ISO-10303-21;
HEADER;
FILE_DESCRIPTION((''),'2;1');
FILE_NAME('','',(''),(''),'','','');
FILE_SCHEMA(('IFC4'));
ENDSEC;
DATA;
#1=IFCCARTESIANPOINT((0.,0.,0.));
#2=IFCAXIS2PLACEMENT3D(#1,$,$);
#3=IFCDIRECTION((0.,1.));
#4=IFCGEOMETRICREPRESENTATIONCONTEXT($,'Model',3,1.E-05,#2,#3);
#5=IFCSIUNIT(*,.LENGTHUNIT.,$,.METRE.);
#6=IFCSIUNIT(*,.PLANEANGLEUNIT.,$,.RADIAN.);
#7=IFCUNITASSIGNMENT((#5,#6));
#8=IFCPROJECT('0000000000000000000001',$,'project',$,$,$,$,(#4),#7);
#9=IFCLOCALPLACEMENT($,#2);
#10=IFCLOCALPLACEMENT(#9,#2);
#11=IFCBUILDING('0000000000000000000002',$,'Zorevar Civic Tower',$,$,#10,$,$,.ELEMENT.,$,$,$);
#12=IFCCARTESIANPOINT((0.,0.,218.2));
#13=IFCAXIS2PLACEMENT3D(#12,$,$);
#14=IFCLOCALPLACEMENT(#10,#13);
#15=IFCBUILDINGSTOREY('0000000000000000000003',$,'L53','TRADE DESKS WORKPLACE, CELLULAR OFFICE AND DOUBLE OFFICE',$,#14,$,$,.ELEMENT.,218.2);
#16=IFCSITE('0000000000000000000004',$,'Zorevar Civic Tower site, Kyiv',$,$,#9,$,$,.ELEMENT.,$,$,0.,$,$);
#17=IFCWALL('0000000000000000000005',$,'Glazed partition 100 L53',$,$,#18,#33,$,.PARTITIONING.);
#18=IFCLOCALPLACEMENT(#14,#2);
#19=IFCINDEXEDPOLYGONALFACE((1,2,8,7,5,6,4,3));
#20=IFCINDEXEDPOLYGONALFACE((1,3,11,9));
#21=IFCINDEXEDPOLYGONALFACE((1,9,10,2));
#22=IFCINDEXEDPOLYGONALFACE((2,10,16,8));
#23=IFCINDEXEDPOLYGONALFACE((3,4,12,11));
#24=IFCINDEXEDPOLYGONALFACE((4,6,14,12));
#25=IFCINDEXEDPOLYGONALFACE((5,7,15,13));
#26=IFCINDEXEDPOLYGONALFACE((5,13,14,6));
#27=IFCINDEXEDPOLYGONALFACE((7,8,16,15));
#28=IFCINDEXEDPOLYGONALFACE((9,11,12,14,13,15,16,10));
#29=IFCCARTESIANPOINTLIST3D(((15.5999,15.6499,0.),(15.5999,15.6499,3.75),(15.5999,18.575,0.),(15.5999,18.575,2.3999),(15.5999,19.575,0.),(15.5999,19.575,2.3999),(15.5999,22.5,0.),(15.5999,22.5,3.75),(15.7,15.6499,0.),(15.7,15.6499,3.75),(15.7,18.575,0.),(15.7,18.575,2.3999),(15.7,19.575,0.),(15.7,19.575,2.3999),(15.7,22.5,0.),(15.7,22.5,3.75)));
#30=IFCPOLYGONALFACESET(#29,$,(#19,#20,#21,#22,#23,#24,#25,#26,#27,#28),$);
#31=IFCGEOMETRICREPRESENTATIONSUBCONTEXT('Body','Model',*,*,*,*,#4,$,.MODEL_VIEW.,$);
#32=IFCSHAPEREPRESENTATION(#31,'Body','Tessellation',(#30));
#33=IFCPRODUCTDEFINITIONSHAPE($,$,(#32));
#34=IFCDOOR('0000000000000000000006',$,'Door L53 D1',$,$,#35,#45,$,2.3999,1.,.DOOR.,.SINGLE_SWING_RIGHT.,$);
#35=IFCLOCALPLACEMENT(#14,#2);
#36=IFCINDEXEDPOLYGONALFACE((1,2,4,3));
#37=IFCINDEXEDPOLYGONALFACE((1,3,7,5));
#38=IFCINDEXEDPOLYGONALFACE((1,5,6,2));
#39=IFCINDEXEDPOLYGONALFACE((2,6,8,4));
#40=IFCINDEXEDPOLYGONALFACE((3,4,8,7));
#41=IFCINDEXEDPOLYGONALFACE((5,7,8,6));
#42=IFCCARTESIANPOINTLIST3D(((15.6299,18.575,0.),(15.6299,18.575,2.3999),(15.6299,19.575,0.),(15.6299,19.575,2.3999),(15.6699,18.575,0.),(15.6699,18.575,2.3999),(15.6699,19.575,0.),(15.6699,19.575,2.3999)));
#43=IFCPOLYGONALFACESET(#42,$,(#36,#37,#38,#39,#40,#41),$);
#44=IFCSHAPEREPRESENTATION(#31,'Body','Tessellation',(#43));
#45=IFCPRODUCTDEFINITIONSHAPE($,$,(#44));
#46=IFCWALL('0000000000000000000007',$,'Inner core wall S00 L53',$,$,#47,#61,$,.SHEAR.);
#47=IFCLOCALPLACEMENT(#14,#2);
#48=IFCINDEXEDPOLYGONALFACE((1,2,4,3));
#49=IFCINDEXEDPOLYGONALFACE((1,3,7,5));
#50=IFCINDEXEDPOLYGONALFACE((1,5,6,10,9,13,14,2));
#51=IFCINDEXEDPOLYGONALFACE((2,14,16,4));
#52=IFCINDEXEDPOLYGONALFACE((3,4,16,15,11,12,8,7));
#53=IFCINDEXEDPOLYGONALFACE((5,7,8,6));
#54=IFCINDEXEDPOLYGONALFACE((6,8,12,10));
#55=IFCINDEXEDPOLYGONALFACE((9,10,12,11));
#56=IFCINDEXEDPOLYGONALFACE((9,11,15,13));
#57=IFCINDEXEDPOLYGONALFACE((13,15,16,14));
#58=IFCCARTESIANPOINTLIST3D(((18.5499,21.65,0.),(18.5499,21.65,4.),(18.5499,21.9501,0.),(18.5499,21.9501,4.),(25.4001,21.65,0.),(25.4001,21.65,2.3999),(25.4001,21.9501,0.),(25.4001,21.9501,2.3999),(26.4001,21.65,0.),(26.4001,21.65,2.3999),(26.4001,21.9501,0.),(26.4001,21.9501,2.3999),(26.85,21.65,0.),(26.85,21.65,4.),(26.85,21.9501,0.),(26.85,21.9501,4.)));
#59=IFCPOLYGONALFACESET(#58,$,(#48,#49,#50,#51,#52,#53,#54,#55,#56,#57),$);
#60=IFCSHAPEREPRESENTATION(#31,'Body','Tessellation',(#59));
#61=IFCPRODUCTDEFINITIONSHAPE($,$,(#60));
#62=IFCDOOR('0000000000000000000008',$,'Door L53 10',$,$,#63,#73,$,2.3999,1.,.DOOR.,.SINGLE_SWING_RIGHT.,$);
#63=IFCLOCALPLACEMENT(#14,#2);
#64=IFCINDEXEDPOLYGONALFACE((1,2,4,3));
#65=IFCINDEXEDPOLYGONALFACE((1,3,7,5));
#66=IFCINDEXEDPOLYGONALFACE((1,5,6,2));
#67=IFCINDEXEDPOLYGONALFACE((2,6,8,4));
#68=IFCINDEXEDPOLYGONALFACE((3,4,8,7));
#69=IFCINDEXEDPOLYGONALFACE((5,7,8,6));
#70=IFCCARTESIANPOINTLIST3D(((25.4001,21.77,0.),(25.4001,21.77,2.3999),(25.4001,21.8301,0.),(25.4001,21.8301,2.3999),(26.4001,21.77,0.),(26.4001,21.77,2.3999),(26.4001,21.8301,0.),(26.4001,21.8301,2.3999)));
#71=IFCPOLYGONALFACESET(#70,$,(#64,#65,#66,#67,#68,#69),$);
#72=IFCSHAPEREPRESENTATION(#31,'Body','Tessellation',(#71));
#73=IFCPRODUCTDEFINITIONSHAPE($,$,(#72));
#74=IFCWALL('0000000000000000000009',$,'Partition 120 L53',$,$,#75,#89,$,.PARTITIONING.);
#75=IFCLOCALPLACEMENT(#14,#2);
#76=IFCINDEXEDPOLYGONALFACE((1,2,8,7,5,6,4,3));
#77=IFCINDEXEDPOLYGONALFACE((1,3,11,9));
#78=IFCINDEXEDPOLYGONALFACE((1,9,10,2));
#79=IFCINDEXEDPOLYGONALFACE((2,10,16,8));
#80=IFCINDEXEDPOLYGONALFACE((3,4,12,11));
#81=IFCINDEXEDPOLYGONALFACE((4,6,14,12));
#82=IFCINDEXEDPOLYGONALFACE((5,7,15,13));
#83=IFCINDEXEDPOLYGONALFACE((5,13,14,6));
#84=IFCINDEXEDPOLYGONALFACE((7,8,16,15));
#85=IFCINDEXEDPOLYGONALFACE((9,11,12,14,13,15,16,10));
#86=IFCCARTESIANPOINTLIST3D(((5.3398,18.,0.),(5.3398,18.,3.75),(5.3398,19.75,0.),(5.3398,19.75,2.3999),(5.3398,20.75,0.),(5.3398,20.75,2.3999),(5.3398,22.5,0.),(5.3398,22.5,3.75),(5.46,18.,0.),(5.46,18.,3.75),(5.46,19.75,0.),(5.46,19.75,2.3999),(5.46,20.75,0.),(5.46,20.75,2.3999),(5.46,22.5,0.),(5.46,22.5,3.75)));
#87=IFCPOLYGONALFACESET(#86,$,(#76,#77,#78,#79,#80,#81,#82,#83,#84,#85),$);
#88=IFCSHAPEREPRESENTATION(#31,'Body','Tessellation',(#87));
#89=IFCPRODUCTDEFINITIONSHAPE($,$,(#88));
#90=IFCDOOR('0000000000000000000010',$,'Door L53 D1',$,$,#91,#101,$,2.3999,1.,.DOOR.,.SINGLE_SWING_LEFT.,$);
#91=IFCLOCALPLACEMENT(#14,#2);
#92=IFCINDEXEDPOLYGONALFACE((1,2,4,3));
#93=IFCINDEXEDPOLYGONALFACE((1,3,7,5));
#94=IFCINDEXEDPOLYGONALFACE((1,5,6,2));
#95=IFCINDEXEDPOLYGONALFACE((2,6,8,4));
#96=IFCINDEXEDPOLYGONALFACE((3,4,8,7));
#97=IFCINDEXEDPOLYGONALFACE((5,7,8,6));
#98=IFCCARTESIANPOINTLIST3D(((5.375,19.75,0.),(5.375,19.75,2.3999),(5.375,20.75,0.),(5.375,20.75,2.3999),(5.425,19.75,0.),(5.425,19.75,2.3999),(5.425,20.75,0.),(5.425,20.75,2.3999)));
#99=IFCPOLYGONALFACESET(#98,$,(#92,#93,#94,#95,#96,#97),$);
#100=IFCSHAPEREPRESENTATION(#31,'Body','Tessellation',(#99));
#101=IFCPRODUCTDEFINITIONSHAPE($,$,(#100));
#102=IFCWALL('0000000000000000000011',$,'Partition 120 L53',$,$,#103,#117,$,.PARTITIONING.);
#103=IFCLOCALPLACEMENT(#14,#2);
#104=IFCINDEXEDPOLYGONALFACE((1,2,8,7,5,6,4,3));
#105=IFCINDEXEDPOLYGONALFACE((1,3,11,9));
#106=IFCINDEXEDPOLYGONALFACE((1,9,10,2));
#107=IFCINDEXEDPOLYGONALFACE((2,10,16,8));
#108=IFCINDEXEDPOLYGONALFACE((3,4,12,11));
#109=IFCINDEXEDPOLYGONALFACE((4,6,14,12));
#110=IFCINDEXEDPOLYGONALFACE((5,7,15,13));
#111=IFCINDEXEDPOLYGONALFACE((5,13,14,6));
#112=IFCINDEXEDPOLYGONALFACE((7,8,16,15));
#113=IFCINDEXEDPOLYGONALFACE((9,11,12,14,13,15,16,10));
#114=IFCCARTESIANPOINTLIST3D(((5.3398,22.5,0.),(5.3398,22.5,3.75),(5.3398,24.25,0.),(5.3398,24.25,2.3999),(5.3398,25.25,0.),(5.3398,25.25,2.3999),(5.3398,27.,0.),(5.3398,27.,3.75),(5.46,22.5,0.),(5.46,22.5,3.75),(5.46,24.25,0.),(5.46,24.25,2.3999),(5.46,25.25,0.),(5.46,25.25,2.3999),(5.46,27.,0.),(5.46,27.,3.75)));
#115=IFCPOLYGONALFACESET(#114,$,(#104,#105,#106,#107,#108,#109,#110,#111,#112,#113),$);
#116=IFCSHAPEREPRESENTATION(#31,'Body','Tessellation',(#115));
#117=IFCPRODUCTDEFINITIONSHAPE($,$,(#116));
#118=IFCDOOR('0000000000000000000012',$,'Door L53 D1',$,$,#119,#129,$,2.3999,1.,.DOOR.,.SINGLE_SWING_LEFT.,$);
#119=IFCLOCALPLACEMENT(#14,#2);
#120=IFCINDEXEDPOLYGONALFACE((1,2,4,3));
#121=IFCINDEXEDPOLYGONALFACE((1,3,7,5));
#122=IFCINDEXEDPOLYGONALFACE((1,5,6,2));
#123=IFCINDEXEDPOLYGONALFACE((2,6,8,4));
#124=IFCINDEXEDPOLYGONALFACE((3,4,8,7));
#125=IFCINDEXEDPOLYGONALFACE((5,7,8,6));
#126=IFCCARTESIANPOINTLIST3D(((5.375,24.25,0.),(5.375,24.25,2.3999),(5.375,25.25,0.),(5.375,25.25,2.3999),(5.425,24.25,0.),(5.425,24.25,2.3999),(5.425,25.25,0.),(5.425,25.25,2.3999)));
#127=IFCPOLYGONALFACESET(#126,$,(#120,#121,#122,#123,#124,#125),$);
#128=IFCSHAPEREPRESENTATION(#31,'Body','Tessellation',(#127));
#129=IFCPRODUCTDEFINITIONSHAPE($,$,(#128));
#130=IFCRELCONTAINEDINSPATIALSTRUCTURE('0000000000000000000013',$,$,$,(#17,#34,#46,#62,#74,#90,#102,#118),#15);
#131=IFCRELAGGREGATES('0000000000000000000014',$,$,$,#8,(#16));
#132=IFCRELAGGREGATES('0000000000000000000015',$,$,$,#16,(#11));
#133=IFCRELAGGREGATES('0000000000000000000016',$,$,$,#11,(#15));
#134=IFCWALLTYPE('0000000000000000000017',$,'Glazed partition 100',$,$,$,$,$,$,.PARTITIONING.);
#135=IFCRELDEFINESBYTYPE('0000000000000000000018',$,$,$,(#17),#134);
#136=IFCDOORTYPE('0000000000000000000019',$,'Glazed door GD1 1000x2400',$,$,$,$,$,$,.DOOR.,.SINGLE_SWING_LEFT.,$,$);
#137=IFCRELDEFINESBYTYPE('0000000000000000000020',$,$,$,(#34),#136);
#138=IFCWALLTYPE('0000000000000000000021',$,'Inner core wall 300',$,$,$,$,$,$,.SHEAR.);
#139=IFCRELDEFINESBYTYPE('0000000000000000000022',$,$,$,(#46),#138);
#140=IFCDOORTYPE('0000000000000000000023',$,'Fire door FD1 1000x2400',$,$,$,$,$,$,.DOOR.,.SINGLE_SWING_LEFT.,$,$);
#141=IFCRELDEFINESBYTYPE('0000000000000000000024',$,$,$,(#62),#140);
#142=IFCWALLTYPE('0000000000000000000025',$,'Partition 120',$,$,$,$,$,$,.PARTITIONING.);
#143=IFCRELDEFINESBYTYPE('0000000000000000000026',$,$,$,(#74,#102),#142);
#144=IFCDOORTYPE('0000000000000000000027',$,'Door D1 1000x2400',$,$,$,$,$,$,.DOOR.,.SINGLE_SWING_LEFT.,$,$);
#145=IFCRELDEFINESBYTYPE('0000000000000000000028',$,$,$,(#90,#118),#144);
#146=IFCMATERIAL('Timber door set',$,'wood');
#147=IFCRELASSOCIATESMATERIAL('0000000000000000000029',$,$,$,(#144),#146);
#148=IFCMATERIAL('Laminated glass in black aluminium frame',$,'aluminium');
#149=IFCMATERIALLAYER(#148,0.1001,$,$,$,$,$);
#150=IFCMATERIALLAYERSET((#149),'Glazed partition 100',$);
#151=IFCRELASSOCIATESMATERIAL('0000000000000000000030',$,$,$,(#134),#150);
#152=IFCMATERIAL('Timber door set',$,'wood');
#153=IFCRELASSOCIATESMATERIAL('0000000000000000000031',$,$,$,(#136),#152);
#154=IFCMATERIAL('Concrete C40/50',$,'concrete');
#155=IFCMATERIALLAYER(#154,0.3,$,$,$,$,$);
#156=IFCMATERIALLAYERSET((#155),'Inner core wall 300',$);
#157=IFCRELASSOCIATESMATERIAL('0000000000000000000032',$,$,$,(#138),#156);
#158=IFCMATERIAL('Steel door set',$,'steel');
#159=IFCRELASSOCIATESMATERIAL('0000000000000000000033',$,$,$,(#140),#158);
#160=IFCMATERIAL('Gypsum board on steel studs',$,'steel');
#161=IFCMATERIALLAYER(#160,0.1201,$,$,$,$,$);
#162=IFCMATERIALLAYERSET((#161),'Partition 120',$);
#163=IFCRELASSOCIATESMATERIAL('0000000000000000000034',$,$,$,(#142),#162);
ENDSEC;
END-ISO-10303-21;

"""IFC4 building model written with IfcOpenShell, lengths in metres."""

from ifc_helpers import new_model, si_unit, direction, frame, frame_2d, origin, place, context, subcontext, project, spatial, rectangle, extrude, material, layer, layer_set, type_object, element, fill, save


model = new_model("IFC4")

# Units and contexts
model_context = context("Model", 3, precision=1e-05, world=origin(), true_north=direction((0.0, 1.0)))
body_context = subcontext(model_context, "Body", "Model", "MODEL_VIEW")
ifc_project = project(units=[si_unit("LENGTHUNIT", "METRE"), si_unit("PLANEANGLEUNIT", "RADIAN")], contexts=[model_context])

# Site, building, storey
site_placement = place(None, origin())
site = spatial("IfcSite", under=ifc_project, at=site_placement, Name="Zorevar Civic Tower site, Kyiv", CompositionType="ELEMENT", RefElevation=0.0)
building_placement = place(site_placement, origin())
building = spatial("IfcBuilding", under=site, at=building_placement, Name="Zorevar Civic Tower", CompositionType="ELEMENT")
storey_placement = place(building_placement, frame((0.0, 0.0, 218.2)))
storey = spatial("IfcBuildingStorey", under=building, at=storey_placement, Name="L53", Description="TRADE DESKS WORKPLACE, CELLULAR OFFICE AND DOUBLE OFFICE", CompositionType="ELEMENT", Elevation=218.2)

# Shared definitions
ifc_material_1 = material(Name="Timber door set", Category="wood")
door_type_1 = type_object("IfcDoorType", Name="Door D1 1000x2400", OperationType="SINGLE_SWING_LEFT", PredefinedType="DOOR", material=ifc_material_1)

# Shared definitions
ifc_material_2 = material(Name="Laminated glass in black aluminium frame", Category="aluminium")
ifc_layer_1 = layer(ifc_material_2, 0.1001)
ifc_layer_set_1 = layer_set([ifc_layer_1], Name="Glazed partition 100")
wall_type_1 = type_object("IfcWallType", Name="Glazed partition 100", PredefinedType="PARTITIONING", material=ifc_layer_set_1)
ifc_material_3 = material(Name="Timber door set", Category="wood")
door_type_2 = type_object("IfcDoorType", Name="Glazed door GD1 1000x2400", OperationType="SINGLE_SWING_LEFT", PredefinedType="DOOR", material=ifc_material_3)

# Walls, openings, doors
wall_1_placement = place(storey_placement, frame((15.6499, 15.6499, 0.0), z_axis=(0.0, 0.0, 1.0), x_axis=(0.0, 1.0, 0.0)))
wall_1 = element("IfcWall", 1, at=wall_1_placement, inside=storey, type_object=wall_type_1, Name="Glazed partition 100 L53", PredefinedType="PARTITIONING", context=body_context, shape_type="SweptSolid", body=[
    extrude(rectangle(XDim=6.8501, YDim=0.1001, at=frame_2d((3.425, 0.0))), origin(), (0.0, 0.0, 1.0), 3.75),
])
opening_1_placement = place(wall_1_placement, frame((2.925, 0.0, 0.0)))
opening_1 = element("IfcOpeningElement", 2, at=opening_1_placement, cuts=wall_1, PredefinedType="OPENING", context=body_context, shape_type="SweptSolid", body=[
    extrude(rectangle(XDim=1.0, YDim=2.3999, at=frame_2d((0.5, 1.2))), frame((0.0, 0.0601, 0.0), z_axis=(0.0, -1.0, 0.0), x_axis=(1.0, 0.0, 0.0)), (0.0, 0.0, 1.0), 0.1201),
])
door_1_placement = place(opening_1_placement, origin())
door_1 = element("IfcDoor", 3, at=door_1_placement, inside=storey, type_object=door_type_2, Name="Door L53 D1", OperationType="SINGLE_SWING_RIGHT", OverallHeight=2.3999, OverallWidth=1.0, PredefinedType="DOOR", context=body_context, shape_type="SweptSolid", body=[
    extrude(rectangle(XDim=1.0, YDim=2.3999, at=frame_2d((0.5, 1.2))), frame((0.0, 0.02, 0.0), z_axis=(0.0, -1.0, 0.0), x_axis=(1.0, 0.0, 0.0)), (0.0, 0.0, 1.0), 0.04),
])
fill(opening_1, door_1)
ifc_material_4 = material(Name="Concrete C40/50", Category="concrete")
ifc_layer_2 = layer(ifc_material_4, 0.3)
ifc_layer_set_2 = layer_set([ifc_layer_2], Name="Inner core wall 300")
wall_type_2 = type_object("IfcWallType", Name="Inner core wall 300", PredefinedType="SHEAR", material=ifc_layer_set_2)
wall_2_placement = place(storey_placement, frame((18.55, 21.8, 0.0), z_axis=(0.0, 0.0, 1.0), x_axis=(1.0, 0.0, 0.0)))
wall_2 = element("IfcWall", 4, at=wall_2_placement, inside=storey, type_object=wall_type_2, Name="Inner core wall S00 L53", PredefinedType="SHEAR", context=body_context, shape_type="SweptSolid", body=[
    extrude(rectangle(XDim=8.3, YDim=0.3, at=frame_2d((4.1499, 0.0))), origin(), (0.0, 0.0, 1.0), 4.0),
])
opening_2_placement = place(wall_2_placement, frame((6.8501, 0.0, 0.0)))
opening_2 = element("IfcOpeningElement", 5, at=opening_2_placement, cuts=wall_2, PredefinedType="OPENING", context=body_context, shape_type="SweptSolid", body=[
    extrude(rectangle(XDim=1.0, YDim=2.3999, at=frame_2d((0.5, 1.2))), frame((0.0, 0.1599, 0.0), z_axis=(0.0, -1.0, 0.0), x_axis=(1.0, 0.0, 0.0)), (0.0, 0.0, 1.0), 0.3201),
])
ifc_material_5 = material(Name="Steel door set", Category="steel")
door_type_3 = type_object("IfcDoorType", Name="Fire door FD1 1000x2400", OperationType="SINGLE_SWING_LEFT", PredefinedType="DOOR", material=ifc_material_5)
door_2_placement = place(opening_2_placement, origin())
door_2 = element("IfcDoor", 6, at=door_2_placement, inside=storey, type_object=door_type_3, Name="Door L53 10", OperationType="SINGLE_SWING_RIGHT", OverallHeight=2.3999, OverallWidth=1.0, PredefinedType="DOOR", context=body_context, shape_type="SweptSolid", body=[
    extrude(rectangle(XDim=1.0, YDim=2.3999, at=frame_2d((0.5, 1.2))), frame((0.0, 0.03, 0.0), z_axis=(0.0, -1.0, 0.0), x_axis=(1.0, 0.0, 0.0)), (0.0, 0.0, 1.0), 0.0601),
])
fill(opening_2, door_2)
ifc_material_6 = material(Name="Gypsum board on steel studs", Category="steel")
ifc_layer_3 = layer(ifc_material_6, 0.1201)
ifc_layer_set_3 = layer_set([ifc_layer_3], Name="Partition 120")
wall_type_3 = type_object("IfcWallType", Name="Partition 120", PredefinedType="PARTITIONING", material=ifc_layer_set_3)
wall_3_placement = place(storey_placement, frame((5.3999, 18.0, 0.0), z_axis=(0.0, 0.0, 1.0), x_axis=(0.0, 1.0, 0.0)))
wall_3 = element("IfcWall", 7, at=wall_3_placement, inside=storey, type_object=wall_type_3, Name="Partition 120 L53", PredefinedType="PARTITIONING", context=body_context, shape_type="SweptSolid", body=[
    extrude(rectangle(XDim=4.5, YDim=0.1201, at=frame_2d((2.25, 0.0))), origin(), (0.0, 0.0, 1.0), 3.75),
])
opening_3_placement = place(wall_3_placement, frame((1.75, 0.0, 0.0)))
opening_3 = element("IfcOpeningElement", 8, at=opening_3_placement, cuts=wall_3, PredefinedType="OPENING", context=body_context, shape_type="SweptSolid", body=[
    extrude(rectangle(XDim=1.0, YDim=2.3999, at=frame_2d((0.5, 1.2))), frame((0.0, 0.0701, 0.0), z_axis=(0.0, -1.0, 0.0), x_axis=(1.0, 0.0, 0.0)), (0.0, 0.0, 1.0), 0.1401),
])
door_3_placement = place(opening_3_placement, origin())
door_3 = element("IfcDoor", 9, at=door_3_placement, inside=storey, type_object=door_type_1, Name="Door L53 D1", OperationType="SINGLE_SWING_LEFT", OverallHeight=2.3999, OverallWidth=1.0, PredefinedType="DOOR", context=body_context, shape_type="SweptSolid", body=[
    extrude(rectangle(XDim=1.0, YDim=2.3999, at=frame_2d((0.5, 1.2))), frame((0.0, 0.0249, 0.0), z_axis=(0.0, -1.0, 0.0), x_axis=(1.0, 0.0, 0.0)), (0.0, 0.0, 1.0), 0.05),
])
fill(opening_3, door_3)
wall_4_placement = place(storey_placement, frame((5.3999, 22.5, 0.0), z_axis=(0.0, 0.0, 1.0), x_axis=(0.0, 1.0, 0.0)))
wall_4 = element("IfcWall", 10, at=wall_4_placement, inside=storey, type_object=wall_type_3, Name="Partition 120 L53", PredefinedType="PARTITIONING", context=body_context, shape_type="SweptSolid", body=[
    extrude(rectangle(XDim=4.5, YDim=0.1201, at=frame_2d((2.25, 0.0))), origin(), (0.0, 0.0, 1.0), 3.75),
])
opening_4_placement = place(wall_4_placement, frame((1.75, 0.0, 0.0)))
opening_4 = element("IfcOpeningElement", 11, at=opening_4_placement, cuts=wall_4, PredefinedType="OPENING", context=body_context, shape_type="SweptSolid", body=[
    extrude(rectangle(XDim=1.0, YDim=2.3999, at=frame_2d((0.5, 1.2))), frame((0.0, 0.0701, 0.0), z_axis=(0.0, -1.0, 0.0), x_axis=(1.0, 0.0, 0.0)), (0.0, 0.0, 1.0), 0.1401),
])
door_4_placement = place(opening_4_placement, origin())
door_4 = element("IfcDoor", 12, at=door_4_placement, inside=storey, type_object=door_type_1, Name="Door L53 D1", OperationType="SINGLE_SWING_LEFT", OverallHeight=2.3999, OverallWidth=1.0, PredefinedType="DOOR", context=body_context, shape_type="SweptSolid", body=[
    extrude(rectangle(XDim=1.0, YDim=2.3999, at=frame_2d((0.5, 1.2))), frame((0.0, 0.0249, 0.0), z_axis=(0.0, -1.0, 0.0), x_axis=(1.0, 0.0, 0.0)), (0.0, 0.0, 1.0), 0.05),
])
fill(opening_4, door_4)

save(model, "model.ifc")
